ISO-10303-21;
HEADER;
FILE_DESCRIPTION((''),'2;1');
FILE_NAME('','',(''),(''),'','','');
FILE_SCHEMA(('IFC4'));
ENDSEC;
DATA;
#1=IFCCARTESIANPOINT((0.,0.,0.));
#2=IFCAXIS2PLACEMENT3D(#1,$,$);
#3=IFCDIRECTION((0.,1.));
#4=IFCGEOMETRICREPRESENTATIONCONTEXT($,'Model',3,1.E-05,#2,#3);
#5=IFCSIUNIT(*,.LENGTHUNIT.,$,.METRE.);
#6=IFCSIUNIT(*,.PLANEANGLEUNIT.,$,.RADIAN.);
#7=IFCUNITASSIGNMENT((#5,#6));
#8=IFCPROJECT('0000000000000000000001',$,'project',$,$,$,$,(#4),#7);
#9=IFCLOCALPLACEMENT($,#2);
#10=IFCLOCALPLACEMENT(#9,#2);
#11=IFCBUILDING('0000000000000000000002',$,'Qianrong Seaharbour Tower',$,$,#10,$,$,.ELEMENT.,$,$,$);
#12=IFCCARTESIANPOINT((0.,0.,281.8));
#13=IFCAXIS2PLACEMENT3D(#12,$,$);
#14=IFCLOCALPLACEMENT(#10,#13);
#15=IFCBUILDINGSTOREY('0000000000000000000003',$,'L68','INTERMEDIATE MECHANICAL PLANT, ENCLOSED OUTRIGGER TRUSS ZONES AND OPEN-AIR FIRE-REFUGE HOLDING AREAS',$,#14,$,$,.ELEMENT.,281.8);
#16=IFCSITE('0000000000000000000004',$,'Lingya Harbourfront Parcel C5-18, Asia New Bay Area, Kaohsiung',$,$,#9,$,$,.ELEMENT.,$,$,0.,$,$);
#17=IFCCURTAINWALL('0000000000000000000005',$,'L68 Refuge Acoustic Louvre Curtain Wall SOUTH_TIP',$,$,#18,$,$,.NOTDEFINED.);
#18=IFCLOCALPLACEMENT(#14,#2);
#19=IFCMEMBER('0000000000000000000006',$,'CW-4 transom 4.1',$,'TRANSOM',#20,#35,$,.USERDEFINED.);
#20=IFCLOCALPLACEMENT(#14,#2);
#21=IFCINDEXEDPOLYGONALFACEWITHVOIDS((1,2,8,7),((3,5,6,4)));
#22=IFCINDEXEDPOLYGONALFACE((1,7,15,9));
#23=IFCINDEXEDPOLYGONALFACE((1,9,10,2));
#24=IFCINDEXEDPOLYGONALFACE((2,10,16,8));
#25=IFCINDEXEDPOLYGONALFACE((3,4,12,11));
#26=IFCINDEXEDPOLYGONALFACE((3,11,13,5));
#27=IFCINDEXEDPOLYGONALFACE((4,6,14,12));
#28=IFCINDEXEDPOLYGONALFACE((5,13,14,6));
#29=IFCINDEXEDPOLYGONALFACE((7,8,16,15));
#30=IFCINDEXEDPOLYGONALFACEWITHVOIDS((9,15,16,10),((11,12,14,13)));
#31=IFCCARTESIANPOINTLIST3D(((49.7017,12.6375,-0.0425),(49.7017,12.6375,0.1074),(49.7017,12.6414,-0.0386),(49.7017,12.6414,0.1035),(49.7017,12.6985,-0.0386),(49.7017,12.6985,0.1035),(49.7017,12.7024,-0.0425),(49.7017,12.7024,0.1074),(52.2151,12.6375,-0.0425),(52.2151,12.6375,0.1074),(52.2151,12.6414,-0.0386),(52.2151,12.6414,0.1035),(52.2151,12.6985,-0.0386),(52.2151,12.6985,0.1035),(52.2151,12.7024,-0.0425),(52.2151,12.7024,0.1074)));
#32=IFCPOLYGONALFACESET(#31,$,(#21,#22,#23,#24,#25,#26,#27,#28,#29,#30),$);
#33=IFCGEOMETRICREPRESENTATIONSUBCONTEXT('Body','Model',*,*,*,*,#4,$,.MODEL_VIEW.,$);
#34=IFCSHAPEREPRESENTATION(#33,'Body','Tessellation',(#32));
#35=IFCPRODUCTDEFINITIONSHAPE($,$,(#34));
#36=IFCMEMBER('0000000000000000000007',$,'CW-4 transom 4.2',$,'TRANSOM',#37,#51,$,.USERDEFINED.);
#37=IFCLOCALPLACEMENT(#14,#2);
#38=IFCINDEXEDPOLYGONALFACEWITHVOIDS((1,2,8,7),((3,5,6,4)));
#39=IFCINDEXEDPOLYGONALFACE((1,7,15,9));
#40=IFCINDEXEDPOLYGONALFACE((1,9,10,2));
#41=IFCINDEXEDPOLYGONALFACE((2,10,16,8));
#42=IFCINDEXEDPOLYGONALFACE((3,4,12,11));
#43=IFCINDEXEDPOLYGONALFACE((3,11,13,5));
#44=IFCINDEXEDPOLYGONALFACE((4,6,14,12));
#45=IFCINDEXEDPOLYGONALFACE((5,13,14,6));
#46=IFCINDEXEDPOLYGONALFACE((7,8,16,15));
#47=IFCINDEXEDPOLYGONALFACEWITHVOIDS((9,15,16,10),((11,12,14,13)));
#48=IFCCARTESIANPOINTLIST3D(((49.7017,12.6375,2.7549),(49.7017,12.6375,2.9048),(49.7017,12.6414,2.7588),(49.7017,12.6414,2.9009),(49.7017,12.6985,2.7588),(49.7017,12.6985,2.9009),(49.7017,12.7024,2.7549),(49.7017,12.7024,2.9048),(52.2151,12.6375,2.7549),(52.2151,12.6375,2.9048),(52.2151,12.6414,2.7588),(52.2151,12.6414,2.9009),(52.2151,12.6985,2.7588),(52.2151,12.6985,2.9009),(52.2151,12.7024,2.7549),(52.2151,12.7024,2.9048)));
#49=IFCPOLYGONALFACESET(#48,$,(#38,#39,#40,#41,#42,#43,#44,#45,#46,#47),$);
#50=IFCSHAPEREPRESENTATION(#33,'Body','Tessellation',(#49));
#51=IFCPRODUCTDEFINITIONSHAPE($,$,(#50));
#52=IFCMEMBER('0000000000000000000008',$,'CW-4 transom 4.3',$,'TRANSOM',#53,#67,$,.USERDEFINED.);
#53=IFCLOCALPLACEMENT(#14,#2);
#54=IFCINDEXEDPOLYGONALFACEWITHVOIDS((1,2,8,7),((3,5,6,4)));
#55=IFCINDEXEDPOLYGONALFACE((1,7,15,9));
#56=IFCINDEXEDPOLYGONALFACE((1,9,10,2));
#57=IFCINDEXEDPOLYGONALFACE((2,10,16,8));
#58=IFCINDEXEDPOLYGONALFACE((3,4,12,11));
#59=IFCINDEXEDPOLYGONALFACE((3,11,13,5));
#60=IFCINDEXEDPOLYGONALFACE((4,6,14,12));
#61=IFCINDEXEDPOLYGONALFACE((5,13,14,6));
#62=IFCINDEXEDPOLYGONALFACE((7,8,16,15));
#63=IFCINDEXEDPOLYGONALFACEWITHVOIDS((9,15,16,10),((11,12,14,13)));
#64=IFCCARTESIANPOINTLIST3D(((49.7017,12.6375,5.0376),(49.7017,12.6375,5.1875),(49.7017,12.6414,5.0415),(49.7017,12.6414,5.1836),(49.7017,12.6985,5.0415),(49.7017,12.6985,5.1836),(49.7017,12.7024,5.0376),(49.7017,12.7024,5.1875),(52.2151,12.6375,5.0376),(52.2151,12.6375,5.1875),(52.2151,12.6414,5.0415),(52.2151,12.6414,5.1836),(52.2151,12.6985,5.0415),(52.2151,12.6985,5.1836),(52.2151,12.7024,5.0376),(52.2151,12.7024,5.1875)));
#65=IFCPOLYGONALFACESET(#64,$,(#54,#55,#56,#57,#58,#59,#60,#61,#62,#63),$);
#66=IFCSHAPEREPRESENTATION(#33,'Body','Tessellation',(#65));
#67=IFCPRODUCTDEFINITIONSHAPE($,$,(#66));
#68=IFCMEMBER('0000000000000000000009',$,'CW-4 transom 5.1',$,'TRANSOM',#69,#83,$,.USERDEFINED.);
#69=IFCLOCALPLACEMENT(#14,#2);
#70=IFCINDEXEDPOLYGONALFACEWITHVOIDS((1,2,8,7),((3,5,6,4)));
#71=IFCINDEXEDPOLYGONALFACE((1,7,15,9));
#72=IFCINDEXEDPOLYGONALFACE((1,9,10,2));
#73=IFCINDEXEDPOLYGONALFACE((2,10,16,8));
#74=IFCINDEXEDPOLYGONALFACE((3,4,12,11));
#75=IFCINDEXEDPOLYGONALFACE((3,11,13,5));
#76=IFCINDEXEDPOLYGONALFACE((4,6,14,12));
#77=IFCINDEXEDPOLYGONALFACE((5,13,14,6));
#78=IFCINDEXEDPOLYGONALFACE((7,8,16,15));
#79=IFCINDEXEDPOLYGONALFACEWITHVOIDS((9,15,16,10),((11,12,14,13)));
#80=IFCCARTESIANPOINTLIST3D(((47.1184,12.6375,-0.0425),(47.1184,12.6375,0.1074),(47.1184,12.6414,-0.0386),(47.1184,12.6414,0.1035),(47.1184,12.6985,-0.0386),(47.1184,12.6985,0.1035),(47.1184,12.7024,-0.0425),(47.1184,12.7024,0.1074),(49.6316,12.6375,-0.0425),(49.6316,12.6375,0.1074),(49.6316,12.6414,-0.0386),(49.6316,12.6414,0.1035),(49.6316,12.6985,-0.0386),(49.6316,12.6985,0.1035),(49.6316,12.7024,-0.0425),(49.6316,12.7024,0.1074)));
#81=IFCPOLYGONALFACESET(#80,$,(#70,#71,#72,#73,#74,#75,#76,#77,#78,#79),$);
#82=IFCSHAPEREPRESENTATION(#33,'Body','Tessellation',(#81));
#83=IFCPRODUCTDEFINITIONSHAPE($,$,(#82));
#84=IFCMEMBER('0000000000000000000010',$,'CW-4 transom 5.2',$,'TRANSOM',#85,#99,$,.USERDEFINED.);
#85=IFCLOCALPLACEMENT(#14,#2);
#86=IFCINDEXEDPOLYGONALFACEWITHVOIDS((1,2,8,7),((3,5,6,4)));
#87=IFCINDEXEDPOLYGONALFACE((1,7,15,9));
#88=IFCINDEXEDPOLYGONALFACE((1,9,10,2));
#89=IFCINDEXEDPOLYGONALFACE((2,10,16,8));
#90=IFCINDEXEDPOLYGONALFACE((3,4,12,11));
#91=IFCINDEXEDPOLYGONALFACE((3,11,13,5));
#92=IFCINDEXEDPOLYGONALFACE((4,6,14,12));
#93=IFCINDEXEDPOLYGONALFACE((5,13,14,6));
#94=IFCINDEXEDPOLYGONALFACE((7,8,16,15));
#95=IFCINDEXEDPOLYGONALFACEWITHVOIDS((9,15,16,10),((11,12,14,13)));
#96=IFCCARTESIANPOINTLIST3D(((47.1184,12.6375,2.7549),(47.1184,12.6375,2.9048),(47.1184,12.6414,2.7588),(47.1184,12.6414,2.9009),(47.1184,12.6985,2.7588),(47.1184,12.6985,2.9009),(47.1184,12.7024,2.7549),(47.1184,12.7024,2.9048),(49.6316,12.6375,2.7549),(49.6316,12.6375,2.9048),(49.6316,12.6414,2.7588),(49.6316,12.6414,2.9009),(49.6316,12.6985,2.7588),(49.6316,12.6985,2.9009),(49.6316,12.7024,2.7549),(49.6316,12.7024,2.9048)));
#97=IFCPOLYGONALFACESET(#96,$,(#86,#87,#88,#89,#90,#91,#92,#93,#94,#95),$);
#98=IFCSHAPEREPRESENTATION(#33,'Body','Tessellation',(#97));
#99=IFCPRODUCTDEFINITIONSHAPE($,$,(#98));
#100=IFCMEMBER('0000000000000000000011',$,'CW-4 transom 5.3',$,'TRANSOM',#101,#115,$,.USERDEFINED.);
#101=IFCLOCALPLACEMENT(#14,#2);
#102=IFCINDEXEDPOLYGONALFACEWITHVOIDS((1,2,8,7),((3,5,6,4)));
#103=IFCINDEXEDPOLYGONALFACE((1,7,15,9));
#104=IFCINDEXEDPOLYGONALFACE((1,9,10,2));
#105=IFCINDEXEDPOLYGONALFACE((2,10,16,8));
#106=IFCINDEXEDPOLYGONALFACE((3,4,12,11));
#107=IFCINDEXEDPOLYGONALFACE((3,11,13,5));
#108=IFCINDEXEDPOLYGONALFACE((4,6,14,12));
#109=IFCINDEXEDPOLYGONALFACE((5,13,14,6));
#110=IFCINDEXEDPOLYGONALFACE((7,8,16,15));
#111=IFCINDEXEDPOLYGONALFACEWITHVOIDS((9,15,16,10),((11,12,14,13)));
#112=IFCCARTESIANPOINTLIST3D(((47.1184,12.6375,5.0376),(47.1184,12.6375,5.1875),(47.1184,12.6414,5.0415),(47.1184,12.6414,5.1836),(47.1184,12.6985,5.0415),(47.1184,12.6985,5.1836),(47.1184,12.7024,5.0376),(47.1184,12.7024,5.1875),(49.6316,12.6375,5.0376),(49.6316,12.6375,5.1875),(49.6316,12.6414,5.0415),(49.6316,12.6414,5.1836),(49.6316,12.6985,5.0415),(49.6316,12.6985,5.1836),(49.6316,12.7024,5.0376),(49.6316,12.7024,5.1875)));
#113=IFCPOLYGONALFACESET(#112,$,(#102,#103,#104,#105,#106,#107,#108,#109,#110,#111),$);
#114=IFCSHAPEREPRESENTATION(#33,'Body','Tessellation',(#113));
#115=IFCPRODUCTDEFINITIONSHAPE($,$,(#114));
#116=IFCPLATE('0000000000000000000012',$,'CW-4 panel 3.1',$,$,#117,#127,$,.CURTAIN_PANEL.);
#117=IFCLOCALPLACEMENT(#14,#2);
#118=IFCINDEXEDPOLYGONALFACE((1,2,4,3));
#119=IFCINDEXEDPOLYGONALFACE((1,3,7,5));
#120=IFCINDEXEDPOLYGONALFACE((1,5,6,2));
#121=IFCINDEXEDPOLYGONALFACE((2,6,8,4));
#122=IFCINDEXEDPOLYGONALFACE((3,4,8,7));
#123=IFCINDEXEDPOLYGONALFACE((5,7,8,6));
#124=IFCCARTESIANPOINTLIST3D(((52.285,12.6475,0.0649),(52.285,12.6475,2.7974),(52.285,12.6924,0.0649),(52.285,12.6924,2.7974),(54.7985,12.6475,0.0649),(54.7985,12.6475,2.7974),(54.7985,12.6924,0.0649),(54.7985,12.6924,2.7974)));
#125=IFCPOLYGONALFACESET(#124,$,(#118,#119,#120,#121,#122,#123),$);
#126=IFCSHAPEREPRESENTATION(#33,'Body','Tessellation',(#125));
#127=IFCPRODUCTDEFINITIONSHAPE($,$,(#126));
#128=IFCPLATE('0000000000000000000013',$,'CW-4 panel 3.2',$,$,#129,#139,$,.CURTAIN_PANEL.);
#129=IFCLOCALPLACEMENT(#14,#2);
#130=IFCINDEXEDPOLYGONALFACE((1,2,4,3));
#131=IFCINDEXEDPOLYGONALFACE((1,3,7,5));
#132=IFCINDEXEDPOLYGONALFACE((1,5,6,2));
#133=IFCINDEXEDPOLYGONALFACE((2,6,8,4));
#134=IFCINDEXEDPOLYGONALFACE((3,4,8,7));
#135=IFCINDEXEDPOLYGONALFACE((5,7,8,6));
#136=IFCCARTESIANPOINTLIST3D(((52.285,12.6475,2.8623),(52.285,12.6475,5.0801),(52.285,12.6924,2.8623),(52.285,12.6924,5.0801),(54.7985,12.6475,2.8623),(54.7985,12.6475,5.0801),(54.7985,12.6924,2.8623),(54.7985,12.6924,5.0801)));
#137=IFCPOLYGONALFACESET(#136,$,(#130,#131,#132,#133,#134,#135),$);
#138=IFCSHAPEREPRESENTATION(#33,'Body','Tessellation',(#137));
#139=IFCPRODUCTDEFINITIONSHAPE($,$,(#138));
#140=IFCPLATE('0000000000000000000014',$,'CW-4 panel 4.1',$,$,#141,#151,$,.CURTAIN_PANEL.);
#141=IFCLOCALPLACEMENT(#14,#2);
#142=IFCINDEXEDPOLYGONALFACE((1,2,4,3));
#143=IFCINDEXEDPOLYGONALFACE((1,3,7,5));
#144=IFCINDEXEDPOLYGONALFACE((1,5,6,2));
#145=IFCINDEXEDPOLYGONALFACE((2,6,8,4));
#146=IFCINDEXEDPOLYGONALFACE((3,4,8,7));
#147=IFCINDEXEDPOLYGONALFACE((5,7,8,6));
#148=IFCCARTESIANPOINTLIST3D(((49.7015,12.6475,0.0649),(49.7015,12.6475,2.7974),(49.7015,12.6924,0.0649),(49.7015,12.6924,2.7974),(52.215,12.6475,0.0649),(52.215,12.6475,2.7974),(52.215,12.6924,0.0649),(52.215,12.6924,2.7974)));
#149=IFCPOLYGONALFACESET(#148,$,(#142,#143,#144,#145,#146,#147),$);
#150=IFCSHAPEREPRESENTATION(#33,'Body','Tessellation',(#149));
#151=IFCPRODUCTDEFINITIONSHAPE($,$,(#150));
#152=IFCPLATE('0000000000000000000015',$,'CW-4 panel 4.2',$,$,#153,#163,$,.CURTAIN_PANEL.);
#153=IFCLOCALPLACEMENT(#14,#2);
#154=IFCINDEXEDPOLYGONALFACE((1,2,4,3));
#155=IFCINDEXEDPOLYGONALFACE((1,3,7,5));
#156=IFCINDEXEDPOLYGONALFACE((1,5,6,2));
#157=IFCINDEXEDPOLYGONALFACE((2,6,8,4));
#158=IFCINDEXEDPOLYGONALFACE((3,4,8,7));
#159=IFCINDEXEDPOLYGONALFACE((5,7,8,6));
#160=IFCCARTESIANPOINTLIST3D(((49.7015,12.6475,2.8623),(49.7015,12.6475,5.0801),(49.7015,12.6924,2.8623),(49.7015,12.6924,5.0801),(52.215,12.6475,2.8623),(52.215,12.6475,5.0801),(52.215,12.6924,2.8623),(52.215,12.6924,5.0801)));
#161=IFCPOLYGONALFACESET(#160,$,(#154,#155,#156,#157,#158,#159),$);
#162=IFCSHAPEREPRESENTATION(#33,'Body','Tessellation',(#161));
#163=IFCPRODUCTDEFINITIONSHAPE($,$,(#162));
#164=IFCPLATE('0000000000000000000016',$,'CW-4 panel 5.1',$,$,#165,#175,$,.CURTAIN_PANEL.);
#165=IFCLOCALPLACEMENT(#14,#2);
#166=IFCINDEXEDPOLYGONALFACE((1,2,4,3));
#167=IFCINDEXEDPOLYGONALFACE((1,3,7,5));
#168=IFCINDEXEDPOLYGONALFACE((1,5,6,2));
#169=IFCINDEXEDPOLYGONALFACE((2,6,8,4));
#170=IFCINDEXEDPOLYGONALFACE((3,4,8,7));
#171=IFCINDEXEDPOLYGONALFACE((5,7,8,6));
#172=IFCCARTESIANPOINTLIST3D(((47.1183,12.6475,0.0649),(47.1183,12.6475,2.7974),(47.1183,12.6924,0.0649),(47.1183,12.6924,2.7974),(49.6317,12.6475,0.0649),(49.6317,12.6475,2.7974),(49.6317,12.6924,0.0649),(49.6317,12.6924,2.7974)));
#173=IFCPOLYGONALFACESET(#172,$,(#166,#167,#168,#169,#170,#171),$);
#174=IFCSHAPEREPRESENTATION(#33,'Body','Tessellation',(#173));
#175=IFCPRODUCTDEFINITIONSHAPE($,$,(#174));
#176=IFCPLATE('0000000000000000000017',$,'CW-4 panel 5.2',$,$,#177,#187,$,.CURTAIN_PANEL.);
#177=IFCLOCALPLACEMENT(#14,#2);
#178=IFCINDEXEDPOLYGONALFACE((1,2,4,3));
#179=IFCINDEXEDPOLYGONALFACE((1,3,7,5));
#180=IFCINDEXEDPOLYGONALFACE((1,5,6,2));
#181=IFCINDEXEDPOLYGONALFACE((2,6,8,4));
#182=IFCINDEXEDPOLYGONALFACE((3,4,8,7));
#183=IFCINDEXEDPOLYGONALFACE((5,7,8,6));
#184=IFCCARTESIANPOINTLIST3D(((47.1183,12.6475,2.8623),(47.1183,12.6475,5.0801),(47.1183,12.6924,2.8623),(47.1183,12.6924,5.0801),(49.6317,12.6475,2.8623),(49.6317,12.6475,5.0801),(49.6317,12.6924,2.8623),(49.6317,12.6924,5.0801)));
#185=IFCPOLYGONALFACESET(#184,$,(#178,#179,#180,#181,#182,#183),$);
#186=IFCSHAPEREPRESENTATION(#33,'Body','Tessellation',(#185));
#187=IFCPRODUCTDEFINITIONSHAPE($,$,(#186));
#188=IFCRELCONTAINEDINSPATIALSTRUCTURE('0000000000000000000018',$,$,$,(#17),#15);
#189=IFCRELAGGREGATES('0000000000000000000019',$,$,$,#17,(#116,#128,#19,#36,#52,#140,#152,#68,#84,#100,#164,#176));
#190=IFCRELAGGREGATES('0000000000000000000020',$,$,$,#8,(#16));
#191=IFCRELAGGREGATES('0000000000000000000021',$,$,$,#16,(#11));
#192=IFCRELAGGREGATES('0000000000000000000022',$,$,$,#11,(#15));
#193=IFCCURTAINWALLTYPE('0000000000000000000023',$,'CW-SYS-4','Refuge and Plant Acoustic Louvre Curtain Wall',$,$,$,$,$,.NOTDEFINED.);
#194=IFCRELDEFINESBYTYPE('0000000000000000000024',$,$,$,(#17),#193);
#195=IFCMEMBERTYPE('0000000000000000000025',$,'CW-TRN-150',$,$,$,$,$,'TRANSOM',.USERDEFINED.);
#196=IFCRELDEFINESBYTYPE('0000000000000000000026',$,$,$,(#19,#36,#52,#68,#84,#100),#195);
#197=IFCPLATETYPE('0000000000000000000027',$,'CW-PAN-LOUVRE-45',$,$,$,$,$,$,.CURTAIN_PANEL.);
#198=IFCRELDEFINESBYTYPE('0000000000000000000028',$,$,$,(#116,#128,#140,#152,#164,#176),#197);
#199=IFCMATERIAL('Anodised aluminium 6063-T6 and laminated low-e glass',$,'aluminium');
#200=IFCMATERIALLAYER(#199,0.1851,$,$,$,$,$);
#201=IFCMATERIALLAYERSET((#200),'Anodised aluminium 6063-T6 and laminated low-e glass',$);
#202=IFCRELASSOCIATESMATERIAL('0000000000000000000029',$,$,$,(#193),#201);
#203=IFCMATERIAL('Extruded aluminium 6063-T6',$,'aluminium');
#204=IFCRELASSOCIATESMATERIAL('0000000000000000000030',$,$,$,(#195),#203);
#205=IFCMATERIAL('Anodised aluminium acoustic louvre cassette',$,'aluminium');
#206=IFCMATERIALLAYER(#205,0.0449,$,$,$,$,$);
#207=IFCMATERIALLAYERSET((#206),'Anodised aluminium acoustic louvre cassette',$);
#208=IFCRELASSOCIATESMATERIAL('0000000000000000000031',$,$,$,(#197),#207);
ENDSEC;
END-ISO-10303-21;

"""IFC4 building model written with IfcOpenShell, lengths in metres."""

from ifc_helpers import new_model, si_unit, direction, frame, origin, origin_2d, place, context, subcontext, project, spatial, rectangle, hollow_rectangle, extrude, material, layer, layer_set, material_profile, profile_set, type_object, element, aggregate, save


model = new_model("IFC4")

# Units and contexts
model_context = context("Model", 3, precision=1e-05, world=origin(), true_north=direction((0.0, 1.0)))
body_context = subcontext(model_context, "Body", "Model", "MODEL_VIEW")
ifc_project = project(units=[si_unit("LENGTHUNIT", "METRE"), si_unit("PLANEANGLEUNIT", "RADIAN")], contexts=[model_context])

# Site, building, storey
site_placement = place(None, origin())
site = spatial("IfcSite", under=ifc_project, at=site_placement, Name="Lingya Harbourfront Parcel C5-18, Asia New Bay Area, Kaohsiung", CompositionType="ELEMENT", RefElevation=0.0)
building_placement = place(site_placement, origin())
building = spatial("IfcBuilding", under=site, at=building_placement, Name="Qianrong Seaharbour Tower", CompositionType="ELEMENT")
storey_placement = place(building_placement, frame((0.0, 0.0, 281.8)))
storey = spatial("IfcBuildingStorey", under=building, at=storey_placement, Name="L68", Description="INTERMEDIATE MECHANICAL PLANT, ENCLOSED OUTRIGGER TRUSS ZONES AND OPEN-AIR FIRE-REFUGE HOLDING AREAS", CompositionType="ELEMENT", Elevation=281.8)

# Curtain wall, members, plates
ifc_material_1 = material(Name="Anodised aluminium 6063-T6 and laminated low-e glass", Category="aluminium")
ifc_layer_1 = layer(ifc_material_1, 0.1851)
ifc_layer_set_1 = layer_set([ifc_layer_1], Name="Anodised aluminium 6063-T6 and laminated low-e glass")
curtain_wall_type = type_object("IfcCurtainWallType", Name="CW-SYS-4", Description="Refuge and Plant Acoustic Louvre Curtain Wall", PredefinedType="NOTDEFINED", material=ifc_layer_set_1)
curtain_wall_placement = place(storey_placement, origin())
curtain_wall = element("IfcCurtainWall", 1, at=curtain_wall_placement, inside=storey, type_object=curtain_wall_type, Name="L68 Refuge Acoustic Louvre Curtain Wall SOUTH_TIP", PredefinedType="NOTDEFINED")
ifc_material_2 = material(Name="Extruded aluminium 6063-T6", Category="aluminium")
ifc_material_profile_1 = material_profile(ifc_material_2, hollow_rectangle(XDim=0.0649, YDim=0.1499, WallThickness=0.0039, at=origin_2d()), Name="ALU-TRN-150x65x4")
ifc_profile_set_1 = profile_set([ifc_material_profile_1], Name="Extruded aluminium 6063-T6")
member_type_1 = type_object("IfcMemberType", Name="CW-TRN-150", ElementType="TRANSOM", PredefinedType="USERDEFINED", material=ifc_profile_set_1)
member_1_placement = place(storey_placement, frame((52.2151, 12.6699, 0.0325), z_axis=(-1.0, 0.0, 0.0), x_axis=(0.0, -1.0, 0.0)))
member_1 = element("IfcMember", 2, at=member_1_placement, type_object=member_type_1, Name="CW-4 transom 4.1", ObjectType="TRANSOM", PredefinedType="USERDEFINED", context=body_context, shape_type="SweptSolid", body=[
    extrude(hollow_rectangle(XDim=0.0649, YDim=0.1499, WallThickness=0.0039, at=origin_2d()), origin(), (0.0, 0.0, 1.0), 2.5134),
])
member_2_placement = place(storey_placement, frame((52.2151, 12.6699, 2.8298), z_axis=(-1.0, 0.0, 0.0), x_axis=(0.0, -1.0, 0.0)))
member_2 = element("IfcMember", 3, at=member_2_placement, type_object=member_type_1, Name="CW-4 transom 4.2", ObjectType="TRANSOM", PredefinedType="USERDEFINED", context=body_context, shape_type="SweptSolid", body=[
    extrude(hollow_rectangle(XDim=0.0649, YDim=0.1499, WallThickness=0.0039, at=origin_2d()), origin(), (0.0, 0.0, 1.0), 2.5134),
])
member_3_placement = place(storey_placement, frame((52.2151, 12.6699, 5.1125), z_axis=(-1.0, 0.0, 0.0), x_axis=(0.0, -1.0, 0.0)))
member_3 = element("IfcMember", 4, at=member_3_placement, type_object=member_type_1, Name="CW-4 transom 4.3", ObjectType="TRANSOM", PredefinedType="USERDEFINED", context=body_context, shape_type="SweptSolid", body=[
    extrude(hollow_rectangle(XDim=0.0649, YDim=0.1499, WallThickness=0.0039, at=origin_2d()), origin(), (0.0, 0.0, 1.0), 2.5134),
])
member_4_placement = place(storey_placement, frame((49.6316, 12.6699, 0.0325), z_axis=(-1.0, 0.0, 0.0), x_axis=(0.0, -1.0, 0.0)))
member_4 = element("IfcMember", 5, at=member_4_placement, type_object=member_type_1, Name="CW-4 transom 5.1", ObjectType="TRANSOM", PredefinedType="USERDEFINED", context=body_context, shape_type="SweptSolid", body=[
    extrude(hollow_rectangle(XDim=0.0649, YDim=0.1499, WallThickness=0.0039, at=origin_2d()), origin(), (0.0, 0.0, 1.0), 2.5132),
])
member_5_placement = place(storey_placement, frame((49.6316, 12.6699, 2.8298), z_axis=(-1.0, 0.0, 0.0), x_axis=(0.0, -1.0, 0.0)))
member_5 = element("IfcMember", 6, at=member_5_placement, type_object=member_type_1, Name="CW-4 transom 5.2", ObjectType="TRANSOM", PredefinedType="USERDEFINED", context=body_context, shape_type="SweptSolid", body=[
    extrude(hollow_rectangle(XDim=0.0649, YDim=0.1499, WallThickness=0.0039, at=origin_2d()), origin(), (0.0, 0.0, 1.0), 2.5132),
])
member_6_placement = place(storey_placement, frame((49.6316, 12.6699, 5.1125), z_axis=(-1.0, 0.0, 0.0), x_axis=(0.0, -1.0, 0.0)))
member_6 = element("IfcMember", 7, at=member_6_placement, type_object=member_type_1, Name="CW-4 transom 5.3", ObjectType="TRANSOM", PredefinedType="USERDEFINED", context=body_context, shape_type="SweptSolid", body=[
    extrude(hollow_rectangle(XDim=0.0649, YDim=0.1499, WallThickness=0.0039, at=origin_2d()), origin(), (0.0, 0.0, 1.0), 2.5132),
])
ifc_material_3 = material(Name="Anodised aluminium acoustic louvre cassette", Category="aluminium")
ifc_layer_2 = layer(ifc_material_3, 0.0449)
ifc_layer_set_2 = layer_set([ifc_layer_2], Name="Anodised aluminium acoustic louvre cassette")
plate_type_1 = type_object("IfcPlateType", Name="CW-PAN-LOUVRE-45", PredefinedType="CURTAIN_PANEL", material=ifc_layer_set_2)
plate_1_placement = place(storey_placement, frame((53.5417, 12.6699, 0.0649), z_axis=(0.0, 0.0, 1.0), x_axis=(-1.0, 0.0, 0.0)))
plate_1 = element("IfcPlate", 8, at=plate_1_placement, type_object=plate_type_1, Name="CW-4 panel 3.1", PredefinedType="CURTAIN_PANEL", context=body_context, shape_type="SweptSolid", body=[
    extrude(rectangle(XDim=2.5134, YDim=0.0449, at=origin_2d()), origin(), (0.0, 0.0, 1.0), 2.7324),
])
plate_2_placement = place(storey_placement, frame((53.5417, 12.6699, 2.8623), z_axis=(0.0, 0.0, 1.0), x_axis=(-1.0, 0.0, 0.0)))
plate_2 = element("IfcPlate", 9, at=plate_2_placement, type_object=plate_type_1, Name="CW-4 panel 3.2", PredefinedType="CURTAIN_PANEL", context=body_context, shape_type="SweptSolid", body=[
    extrude(rectangle(XDim=2.5134, YDim=0.0449, at=origin_2d()), origin(), (0.0, 0.0, 1.0), 2.2178),
])
plate_3_placement = place(storey_placement, frame((50.9583, 12.6699, 0.0649), z_axis=(0.0, 0.0, 1.0), x_axis=(-1.0, 0.0, 0.0)))
plate_3 = element("IfcPlate", 10, at=plate_3_placement, type_object=plate_type_1, Name="CW-4 panel 4.1", PredefinedType="CURTAIN_PANEL", context=body_context, shape_type="SweptSolid", body=[
    extrude(rectangle(XDim=2.5134, YDim=0.0449, at=origin_2d()), origin(), (0.0, 0.0, 1.0), 2.7324),
])
plate_4_placement = place(storey_placement, frame((50.9583, 12.6699, 2.8623), z_axis=(0.0, 0.0, 1.0), x_axis=(-1.0, 0.0, 0.0)))
plate_4 = element("IfcPlate", 11, at=plate_4_placement, type_object=plate_type_1, Name="CW-4 panel 4.2", PredefinedType="CURTAIN_PANEL", context=body_context, shape_type="SweptSolid", body=[
    extrude(rectangle(XDim=2.5134, YDim=0.0449, at=origin_2d()), origin(), (0.0, 0.0, 1.0), 2.2178),
])
plate_5_placement = place(storey_placement, frame((48.375, 12.6699, 0.0649), z_axis=(0.0, 0.0, 1.0), x_axis=(-1.0, 0.0, 0.0)))
plate_5 = element("IfcPlate", 12, at=plate_5_placement, type_object=plate_type_1, Name="CW-4 panel 5.1", PredefinedType="CURTAIN_PANEL", context=body_context, shape_type="SweptSolid", body=[
    extrude(rectangle(XDim=2.5134, YDim=0.0449, at=origin_2d()), origin(), (0.0, 0.0, 1.0), 2.7324),
])
plate_6_placement = place(storey_placement, frame((48.375, 12.6699, 2.8623), z_axis=(0.0, 0.0, 1.0), x_axis=(-1.0, 0.0, 0.0)))
plate_6 = element("IfcPlate", 13, at=plate_6_placement, type_object=plate_type_1, Name="CW-4 panel 5.2", PredefinedType="CURTAIN_PANEL", context=body_context, shape_type="SweptSolid", body=[
    extrude(rectangle(XDim=2.5134, YDim=0.0449, at=origin_2d()), origin(), (0.0, 0.0, 1.0), 2.2178),
])
aggregate(curtain_wall, [plate_1, plate_2, member_1, member_2, member_3, plate_3, plate_4, member_4, member_5, member_6, plate_5, plate_6])

save(model, "model.ifc")
